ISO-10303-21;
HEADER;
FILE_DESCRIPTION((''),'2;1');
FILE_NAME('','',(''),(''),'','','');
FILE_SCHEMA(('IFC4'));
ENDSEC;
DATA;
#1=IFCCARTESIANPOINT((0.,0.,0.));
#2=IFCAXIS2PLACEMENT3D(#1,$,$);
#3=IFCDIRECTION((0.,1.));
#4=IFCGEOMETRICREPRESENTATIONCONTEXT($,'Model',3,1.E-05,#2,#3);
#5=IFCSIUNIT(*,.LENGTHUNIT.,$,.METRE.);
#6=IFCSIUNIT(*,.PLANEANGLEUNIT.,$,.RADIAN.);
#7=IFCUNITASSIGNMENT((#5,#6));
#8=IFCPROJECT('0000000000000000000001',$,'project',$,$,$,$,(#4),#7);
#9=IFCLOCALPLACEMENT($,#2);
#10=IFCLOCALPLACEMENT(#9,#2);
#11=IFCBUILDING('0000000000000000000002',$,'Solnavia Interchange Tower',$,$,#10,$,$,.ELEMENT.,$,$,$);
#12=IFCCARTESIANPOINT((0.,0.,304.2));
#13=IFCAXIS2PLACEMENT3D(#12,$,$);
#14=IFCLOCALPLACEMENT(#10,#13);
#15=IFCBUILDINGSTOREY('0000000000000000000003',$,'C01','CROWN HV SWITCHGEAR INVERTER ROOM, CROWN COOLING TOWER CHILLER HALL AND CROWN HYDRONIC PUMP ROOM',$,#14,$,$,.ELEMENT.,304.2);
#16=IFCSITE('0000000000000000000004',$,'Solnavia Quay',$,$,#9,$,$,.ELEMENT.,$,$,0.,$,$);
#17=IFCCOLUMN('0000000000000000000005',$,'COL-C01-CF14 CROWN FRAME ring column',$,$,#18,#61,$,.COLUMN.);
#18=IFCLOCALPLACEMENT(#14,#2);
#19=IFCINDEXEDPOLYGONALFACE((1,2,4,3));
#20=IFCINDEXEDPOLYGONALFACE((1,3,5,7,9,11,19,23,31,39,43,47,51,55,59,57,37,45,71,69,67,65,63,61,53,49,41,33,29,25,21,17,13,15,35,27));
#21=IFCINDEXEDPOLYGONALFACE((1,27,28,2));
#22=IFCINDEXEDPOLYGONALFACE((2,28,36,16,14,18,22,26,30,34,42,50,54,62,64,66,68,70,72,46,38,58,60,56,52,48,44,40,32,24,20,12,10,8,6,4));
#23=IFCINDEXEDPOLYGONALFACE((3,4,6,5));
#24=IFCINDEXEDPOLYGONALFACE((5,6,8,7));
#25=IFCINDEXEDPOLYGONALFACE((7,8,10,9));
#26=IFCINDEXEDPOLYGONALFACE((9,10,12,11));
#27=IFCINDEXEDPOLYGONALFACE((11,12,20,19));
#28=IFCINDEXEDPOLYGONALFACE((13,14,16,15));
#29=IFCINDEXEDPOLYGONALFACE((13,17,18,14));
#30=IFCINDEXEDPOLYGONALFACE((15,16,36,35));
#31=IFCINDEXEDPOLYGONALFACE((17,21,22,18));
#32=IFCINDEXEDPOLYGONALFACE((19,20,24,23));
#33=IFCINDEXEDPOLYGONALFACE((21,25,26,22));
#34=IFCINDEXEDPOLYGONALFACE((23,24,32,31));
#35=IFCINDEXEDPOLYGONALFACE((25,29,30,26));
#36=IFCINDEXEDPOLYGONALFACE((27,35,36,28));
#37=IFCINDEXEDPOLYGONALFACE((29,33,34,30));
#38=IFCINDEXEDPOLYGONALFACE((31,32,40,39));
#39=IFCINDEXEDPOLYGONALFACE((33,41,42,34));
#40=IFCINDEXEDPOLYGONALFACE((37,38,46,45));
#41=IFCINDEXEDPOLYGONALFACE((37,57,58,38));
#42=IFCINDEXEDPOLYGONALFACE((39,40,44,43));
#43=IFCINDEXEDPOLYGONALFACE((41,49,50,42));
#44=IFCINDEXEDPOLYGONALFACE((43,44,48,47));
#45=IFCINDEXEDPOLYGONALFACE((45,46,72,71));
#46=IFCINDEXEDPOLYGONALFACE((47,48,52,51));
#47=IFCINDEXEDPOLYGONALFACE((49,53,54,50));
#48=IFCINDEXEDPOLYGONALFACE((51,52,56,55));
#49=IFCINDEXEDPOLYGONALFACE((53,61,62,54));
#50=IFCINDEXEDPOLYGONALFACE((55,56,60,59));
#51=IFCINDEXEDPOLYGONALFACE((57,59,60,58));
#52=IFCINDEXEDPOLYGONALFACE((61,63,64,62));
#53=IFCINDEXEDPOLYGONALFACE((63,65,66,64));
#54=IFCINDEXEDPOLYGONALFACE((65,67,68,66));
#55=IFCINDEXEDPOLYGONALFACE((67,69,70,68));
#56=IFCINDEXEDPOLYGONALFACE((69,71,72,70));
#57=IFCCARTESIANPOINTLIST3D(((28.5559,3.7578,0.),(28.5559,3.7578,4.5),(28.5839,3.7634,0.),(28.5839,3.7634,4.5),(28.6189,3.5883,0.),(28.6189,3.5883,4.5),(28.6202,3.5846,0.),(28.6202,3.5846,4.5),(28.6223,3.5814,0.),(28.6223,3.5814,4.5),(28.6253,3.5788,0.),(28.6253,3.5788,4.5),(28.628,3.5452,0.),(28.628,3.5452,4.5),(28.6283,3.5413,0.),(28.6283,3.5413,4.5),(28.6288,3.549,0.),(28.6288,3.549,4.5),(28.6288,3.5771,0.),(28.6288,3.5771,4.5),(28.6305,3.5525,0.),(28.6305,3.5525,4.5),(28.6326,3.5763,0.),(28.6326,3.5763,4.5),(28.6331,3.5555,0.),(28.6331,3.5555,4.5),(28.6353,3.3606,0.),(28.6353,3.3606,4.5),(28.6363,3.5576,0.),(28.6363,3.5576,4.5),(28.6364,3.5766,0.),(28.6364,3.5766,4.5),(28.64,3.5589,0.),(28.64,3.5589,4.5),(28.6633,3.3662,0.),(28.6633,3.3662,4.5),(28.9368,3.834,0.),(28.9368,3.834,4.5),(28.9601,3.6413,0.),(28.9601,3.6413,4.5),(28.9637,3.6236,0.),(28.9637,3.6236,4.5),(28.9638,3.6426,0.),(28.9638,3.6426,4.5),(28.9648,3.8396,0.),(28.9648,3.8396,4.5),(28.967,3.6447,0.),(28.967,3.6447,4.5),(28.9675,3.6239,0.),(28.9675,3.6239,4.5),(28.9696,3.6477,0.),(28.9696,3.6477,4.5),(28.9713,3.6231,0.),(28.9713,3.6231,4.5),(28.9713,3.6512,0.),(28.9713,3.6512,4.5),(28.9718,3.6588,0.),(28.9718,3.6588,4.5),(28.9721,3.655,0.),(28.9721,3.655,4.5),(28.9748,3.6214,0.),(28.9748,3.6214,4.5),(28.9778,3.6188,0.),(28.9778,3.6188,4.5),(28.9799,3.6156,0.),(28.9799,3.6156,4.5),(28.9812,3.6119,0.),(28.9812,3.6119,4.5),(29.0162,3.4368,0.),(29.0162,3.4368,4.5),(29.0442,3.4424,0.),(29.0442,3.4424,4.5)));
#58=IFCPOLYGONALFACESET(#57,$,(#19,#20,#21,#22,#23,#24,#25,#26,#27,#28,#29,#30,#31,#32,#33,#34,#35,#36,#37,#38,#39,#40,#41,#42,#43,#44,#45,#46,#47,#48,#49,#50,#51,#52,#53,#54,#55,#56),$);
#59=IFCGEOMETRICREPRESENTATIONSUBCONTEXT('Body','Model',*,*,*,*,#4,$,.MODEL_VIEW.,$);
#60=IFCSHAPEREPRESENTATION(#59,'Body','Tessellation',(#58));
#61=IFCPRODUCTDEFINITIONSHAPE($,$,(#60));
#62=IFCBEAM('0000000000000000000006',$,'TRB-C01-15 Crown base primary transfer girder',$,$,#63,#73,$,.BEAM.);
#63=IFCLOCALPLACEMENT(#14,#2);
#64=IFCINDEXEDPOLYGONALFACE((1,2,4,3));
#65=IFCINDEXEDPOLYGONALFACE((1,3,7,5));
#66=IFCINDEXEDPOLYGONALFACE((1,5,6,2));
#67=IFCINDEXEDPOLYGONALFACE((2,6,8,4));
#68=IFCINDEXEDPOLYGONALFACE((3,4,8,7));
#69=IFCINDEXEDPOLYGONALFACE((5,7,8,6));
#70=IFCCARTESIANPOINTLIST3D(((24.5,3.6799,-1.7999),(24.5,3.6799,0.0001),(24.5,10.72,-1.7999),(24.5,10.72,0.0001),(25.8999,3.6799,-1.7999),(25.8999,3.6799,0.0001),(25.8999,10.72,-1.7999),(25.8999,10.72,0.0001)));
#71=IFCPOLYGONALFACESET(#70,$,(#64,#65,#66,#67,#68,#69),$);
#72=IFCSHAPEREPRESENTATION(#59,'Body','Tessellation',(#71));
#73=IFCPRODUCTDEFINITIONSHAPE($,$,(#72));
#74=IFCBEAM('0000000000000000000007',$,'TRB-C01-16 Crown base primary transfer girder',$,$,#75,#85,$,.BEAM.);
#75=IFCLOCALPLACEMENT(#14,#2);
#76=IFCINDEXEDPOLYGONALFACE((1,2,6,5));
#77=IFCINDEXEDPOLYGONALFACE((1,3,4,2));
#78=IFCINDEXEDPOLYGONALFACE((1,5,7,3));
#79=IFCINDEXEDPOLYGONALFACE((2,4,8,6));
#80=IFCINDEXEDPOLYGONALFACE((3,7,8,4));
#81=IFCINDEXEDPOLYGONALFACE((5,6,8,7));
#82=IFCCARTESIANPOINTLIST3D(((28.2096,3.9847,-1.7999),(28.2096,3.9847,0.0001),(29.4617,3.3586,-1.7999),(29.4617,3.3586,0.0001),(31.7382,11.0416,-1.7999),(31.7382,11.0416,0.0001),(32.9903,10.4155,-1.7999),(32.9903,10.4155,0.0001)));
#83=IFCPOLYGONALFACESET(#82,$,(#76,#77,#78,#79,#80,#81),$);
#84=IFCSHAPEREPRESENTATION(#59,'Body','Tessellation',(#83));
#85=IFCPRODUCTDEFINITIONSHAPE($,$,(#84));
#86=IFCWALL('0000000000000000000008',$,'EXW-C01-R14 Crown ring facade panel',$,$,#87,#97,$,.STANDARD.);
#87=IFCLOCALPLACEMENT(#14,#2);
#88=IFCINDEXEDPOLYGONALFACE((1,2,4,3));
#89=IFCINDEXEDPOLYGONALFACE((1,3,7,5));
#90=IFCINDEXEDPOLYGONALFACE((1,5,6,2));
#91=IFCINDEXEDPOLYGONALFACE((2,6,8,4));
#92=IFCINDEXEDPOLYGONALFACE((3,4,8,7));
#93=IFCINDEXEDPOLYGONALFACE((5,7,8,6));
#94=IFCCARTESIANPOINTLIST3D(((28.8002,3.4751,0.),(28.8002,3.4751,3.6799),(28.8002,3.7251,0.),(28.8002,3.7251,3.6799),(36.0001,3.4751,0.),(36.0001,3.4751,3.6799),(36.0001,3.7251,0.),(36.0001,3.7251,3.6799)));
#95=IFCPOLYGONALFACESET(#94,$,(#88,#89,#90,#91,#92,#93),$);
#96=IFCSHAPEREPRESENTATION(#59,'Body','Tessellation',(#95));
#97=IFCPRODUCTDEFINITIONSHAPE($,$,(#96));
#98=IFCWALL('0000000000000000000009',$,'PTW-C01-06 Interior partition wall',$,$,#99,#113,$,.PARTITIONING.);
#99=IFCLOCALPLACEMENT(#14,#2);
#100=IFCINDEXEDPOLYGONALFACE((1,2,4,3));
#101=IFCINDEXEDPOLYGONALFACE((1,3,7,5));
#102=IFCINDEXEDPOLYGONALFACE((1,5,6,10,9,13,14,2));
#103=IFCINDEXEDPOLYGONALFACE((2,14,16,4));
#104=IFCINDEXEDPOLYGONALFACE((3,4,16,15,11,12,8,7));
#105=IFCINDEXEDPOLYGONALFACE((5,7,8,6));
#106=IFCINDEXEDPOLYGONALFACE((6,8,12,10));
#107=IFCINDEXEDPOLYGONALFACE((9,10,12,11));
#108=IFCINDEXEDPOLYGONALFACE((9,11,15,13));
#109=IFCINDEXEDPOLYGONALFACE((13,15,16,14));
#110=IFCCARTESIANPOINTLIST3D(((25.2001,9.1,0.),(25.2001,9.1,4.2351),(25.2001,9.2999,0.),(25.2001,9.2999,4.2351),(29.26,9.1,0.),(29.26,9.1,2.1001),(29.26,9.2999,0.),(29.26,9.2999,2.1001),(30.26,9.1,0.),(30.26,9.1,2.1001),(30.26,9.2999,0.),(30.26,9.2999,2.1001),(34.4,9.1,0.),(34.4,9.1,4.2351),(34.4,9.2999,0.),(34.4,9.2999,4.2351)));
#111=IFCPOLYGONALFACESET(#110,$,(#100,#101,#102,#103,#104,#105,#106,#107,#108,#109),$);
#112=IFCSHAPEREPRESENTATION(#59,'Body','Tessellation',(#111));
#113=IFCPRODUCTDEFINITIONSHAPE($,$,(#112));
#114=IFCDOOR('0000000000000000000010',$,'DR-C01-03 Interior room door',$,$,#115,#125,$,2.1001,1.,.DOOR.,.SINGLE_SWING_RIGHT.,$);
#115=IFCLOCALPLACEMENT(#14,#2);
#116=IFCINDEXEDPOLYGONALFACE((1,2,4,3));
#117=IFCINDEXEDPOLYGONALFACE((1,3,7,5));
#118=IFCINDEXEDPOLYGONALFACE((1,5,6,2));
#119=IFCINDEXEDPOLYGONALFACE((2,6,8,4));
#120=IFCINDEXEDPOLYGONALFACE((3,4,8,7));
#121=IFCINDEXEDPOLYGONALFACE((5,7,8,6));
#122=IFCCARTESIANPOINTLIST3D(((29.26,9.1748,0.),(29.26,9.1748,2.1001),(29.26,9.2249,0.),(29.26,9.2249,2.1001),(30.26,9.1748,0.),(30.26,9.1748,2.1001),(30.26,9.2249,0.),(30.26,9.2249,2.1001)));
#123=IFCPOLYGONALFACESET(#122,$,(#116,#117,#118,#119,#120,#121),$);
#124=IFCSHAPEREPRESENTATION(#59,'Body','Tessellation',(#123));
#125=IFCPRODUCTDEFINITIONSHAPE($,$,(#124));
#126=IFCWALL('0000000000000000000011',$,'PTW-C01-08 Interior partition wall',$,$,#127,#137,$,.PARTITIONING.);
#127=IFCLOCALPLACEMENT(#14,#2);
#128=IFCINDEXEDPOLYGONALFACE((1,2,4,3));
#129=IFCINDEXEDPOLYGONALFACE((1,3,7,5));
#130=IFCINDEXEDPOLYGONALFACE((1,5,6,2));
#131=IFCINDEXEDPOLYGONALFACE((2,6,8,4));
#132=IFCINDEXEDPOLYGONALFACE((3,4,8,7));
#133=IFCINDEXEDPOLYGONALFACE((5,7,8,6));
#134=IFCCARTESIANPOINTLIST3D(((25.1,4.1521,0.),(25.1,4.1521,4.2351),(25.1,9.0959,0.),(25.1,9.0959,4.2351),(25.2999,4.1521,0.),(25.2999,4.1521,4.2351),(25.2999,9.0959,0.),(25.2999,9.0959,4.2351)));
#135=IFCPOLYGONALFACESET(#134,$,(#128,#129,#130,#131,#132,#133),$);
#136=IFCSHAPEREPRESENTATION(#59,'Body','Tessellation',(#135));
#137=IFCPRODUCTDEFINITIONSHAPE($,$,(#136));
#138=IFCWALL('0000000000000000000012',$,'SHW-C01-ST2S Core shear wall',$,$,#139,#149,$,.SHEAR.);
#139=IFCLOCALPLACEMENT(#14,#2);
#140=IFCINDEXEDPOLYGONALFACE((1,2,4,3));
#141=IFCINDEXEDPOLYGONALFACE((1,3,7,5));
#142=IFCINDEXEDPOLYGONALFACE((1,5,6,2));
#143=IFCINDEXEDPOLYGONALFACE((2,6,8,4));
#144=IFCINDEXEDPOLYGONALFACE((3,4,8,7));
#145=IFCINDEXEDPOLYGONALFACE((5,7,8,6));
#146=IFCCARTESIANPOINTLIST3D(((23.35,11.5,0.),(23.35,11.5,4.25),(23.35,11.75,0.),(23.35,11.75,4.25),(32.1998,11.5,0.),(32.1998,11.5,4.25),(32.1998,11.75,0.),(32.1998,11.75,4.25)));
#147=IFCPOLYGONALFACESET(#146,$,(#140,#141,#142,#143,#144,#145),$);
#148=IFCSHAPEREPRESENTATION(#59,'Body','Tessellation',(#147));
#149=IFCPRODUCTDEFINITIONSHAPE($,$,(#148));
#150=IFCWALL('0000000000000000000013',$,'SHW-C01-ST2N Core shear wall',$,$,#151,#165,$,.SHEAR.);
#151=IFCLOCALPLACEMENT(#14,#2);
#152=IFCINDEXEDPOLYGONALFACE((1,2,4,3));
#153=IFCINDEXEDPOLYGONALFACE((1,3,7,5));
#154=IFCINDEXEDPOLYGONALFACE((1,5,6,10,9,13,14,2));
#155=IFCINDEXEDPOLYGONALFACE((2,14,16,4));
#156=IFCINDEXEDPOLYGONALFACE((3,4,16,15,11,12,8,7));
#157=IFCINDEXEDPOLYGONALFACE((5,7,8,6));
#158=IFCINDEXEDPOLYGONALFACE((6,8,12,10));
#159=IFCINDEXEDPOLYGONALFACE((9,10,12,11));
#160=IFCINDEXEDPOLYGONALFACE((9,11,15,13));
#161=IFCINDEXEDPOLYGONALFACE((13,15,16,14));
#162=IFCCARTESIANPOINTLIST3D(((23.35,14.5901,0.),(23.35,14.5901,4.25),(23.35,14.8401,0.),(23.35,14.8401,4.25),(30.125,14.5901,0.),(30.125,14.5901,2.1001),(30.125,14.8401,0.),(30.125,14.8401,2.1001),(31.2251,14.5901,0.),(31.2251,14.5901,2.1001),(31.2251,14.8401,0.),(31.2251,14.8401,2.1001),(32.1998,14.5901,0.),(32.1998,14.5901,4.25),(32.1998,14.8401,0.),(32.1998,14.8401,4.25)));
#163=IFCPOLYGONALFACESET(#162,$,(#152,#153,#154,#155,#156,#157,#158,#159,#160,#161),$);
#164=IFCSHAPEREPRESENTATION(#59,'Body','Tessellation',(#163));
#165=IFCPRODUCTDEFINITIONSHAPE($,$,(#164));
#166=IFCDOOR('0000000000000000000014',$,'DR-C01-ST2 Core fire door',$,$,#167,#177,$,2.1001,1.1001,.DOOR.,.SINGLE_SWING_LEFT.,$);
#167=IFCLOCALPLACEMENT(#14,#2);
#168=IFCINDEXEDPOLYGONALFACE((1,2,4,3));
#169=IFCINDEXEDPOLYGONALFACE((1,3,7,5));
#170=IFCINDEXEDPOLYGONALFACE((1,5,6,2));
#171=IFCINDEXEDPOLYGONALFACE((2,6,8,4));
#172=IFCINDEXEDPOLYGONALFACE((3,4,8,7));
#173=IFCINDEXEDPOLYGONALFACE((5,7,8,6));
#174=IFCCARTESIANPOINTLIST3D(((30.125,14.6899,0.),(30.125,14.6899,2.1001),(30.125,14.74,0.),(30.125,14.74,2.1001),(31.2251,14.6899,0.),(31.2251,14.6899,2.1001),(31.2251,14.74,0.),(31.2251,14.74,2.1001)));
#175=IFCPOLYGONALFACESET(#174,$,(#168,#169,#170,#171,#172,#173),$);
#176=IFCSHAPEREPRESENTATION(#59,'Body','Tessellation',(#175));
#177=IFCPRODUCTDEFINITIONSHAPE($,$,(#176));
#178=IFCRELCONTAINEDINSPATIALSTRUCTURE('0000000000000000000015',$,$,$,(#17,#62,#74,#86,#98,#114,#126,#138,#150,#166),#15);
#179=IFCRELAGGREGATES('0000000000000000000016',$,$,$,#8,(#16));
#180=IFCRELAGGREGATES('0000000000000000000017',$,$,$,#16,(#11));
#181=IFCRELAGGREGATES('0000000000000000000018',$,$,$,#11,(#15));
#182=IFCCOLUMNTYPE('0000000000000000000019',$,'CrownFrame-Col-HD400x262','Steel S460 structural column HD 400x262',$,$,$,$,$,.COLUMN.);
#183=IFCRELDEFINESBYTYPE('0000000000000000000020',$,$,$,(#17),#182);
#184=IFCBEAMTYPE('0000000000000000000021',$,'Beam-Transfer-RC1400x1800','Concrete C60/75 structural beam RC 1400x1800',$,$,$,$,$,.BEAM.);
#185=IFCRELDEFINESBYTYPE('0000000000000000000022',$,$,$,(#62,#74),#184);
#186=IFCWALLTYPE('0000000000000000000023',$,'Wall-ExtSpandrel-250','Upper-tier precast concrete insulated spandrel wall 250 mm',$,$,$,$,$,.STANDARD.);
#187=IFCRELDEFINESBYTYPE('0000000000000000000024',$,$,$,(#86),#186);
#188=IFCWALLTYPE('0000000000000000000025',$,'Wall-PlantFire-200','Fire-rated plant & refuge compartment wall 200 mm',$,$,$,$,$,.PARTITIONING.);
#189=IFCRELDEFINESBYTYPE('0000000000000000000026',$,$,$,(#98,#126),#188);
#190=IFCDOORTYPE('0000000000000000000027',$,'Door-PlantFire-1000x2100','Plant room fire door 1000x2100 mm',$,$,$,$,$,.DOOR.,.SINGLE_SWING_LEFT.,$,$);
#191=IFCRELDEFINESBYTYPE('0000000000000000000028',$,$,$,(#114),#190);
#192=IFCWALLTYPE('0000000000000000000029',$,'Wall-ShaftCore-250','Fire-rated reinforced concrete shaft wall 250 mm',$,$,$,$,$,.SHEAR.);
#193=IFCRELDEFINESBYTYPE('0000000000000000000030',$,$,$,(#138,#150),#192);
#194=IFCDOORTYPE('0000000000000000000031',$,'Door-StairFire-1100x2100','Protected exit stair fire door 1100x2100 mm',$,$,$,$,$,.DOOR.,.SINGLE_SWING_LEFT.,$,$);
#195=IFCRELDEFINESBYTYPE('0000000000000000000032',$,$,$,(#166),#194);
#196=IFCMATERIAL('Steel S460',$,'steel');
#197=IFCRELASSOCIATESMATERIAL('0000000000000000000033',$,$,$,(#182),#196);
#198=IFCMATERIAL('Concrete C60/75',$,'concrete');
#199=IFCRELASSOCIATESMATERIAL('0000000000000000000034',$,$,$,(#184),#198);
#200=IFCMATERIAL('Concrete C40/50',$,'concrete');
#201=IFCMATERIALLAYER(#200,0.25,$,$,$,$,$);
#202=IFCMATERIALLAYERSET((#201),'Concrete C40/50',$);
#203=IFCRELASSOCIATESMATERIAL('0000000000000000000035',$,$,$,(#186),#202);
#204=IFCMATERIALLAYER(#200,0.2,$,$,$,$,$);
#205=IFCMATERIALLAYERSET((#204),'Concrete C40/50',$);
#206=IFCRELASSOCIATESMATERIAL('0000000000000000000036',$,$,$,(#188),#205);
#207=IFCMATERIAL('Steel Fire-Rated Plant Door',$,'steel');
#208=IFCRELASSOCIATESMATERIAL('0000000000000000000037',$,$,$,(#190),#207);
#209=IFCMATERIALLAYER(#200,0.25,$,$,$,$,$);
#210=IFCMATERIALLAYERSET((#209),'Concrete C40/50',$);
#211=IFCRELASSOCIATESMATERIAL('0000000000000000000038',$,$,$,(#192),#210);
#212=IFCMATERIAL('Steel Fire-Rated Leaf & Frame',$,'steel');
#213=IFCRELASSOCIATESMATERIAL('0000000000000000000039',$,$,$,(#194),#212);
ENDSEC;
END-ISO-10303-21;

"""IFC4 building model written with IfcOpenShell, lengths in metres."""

from ifc_helpers import new_model, si_unit, direction, frame, frame_2d, origin, origin_2d, place, context, subcontext, project, spatial, rectangle, i_section, extrude, material, layer, layer_set, material_profile, profile_set, type_object, element, fill, save


model = new_model("IFC4")

# Units and contexts
model_context = context("Model", 3, precision=1e-05, world=origin(), true_north=direction((0.0, 1.0)))
body_context = subcontext(model_context, "Body", "Model", "MODEL_VIEW")
ifc_project = project(units=[si_unit("LENGTHUNIT", "METRE"), si_unit("PLANEANGLEUNIT", "RADIAN")], contexts=[model_context])

# Site, building, storey
site_placement = place(None, origin())
site = spatial("IfcSite", under=ifc_project, at=site_placement, Name="Solnavia Quay", CompositionType="ELEMENT", RefElevation=0.0)
building_placement = place(site_placement, origin())
building = spatial("IfcBuilding", under=site, at=building_placement, Name="Solnavia Interchange Tower", CompositionType="ELEMENT")
storey_placement = place(building_placement, frame((0.0, 0.0, 304.2)))
storey = spatial("IfcBuildingStorey", under=building, at=storey_placement, Name="C01", Description="CROWN HV SWITCHGEAR INVERTER ROOM, CROWN COOLING TOWER CHILLER HALL AND CROWN HYDRONIC PUMP ROOM", CompositionType="ELEMENT", Elevation=304.2)

# Column
ifc_material_1 = material(Name="Steel S460", Category="steel")
ifc_material_profile_1 = material_profile(ifc_material_1, i_section(OverallWidth=0.405, OverallDepth=0.417, WebThickness=0.0181, FlangeThickness=0.0286, FilletRadius=0.0149, at=origin_2d()), Name="HD 400x262")
ifc_profile_set_1 = profile_set([ifc_material_profile_1], Name="Steel S460")
column_type = type_object("IfcColumnType", Name="CrownFrame-Col-HD400x262", Description="Steel S460 structural column HD 400x262", PredefinedType="COLUMN", material=ifc_profile_set_1)
column_placement = place(storey_placement, frame((28.8, 3.6001, 0.0), z_axis=(0.0, 0.0, 1.0), x_axis=(0.196117, -0.98058, 0.0)))
element("IfcColumn", 1, at=column_placement, inside=storey, type_object=column_type, Name="COL-C01-CF14 CROWN FRAME ring column", PredefinedType="COLUMN", context=body_context, shape_type="SweptSolid", body=[
    extrude(i_section(OverallWidth=0.405, OverallDepth=0.417, WebThickness=0.0181, FlangeThickness=0.0286, FilletRadius=0.0149, at=origin_2d()), origin(), (0.0, 0.0, 1.0), 4.5),
])

# Beams
ifc_material_2 = material(Name="Concrete C60/75", Category="concrete")
ifc_material_profile_2 = material_profile(ifc_material_2, rectangle(XDim=1.3999, YDim=1.8, at=origin_2d()), Name="RC 1400x1800")
ifc_profile_set_2 = profile_set([ifc_material_profile_2], Name="Concrete C60/75")
beam_type = type_object("IfcBeamType", Name="Beam-Transfer-RC1400x1800", Description="Concrete C60/75 structural beam RC 1400x1800", PredefinedType="BEAM", material=ifc_profile_set_2)
beam_1_placement = place(storey_placement, frame((25.2, 3.6799, -0.8999), z_axis=(0.0, 1.0, 0.0), x_axis=(-1.0, 0.0, 0.0)))
element("IfcBeam", 2, at=beam_1_placement, inside=storey, type_object=beam_type, Name="TRB-C01-15 Crown base primary transfer girder", PredefinedType="BEAM", context=body_context, shape_type="SweptSolid", body=[
    extrude(rectangle(XDim=1.3999, YDim=1.8, at=origin_2d()), origin(), (0.0, 0.0, 1.0), 7.04),
])
beam_2_placement = place(storey_placement, frame((28.8357, 3.6716, -0.8999), z_axis=(0.447226, 0.894421, 0.0), x_axis=(-0.894421, 0.447226, 0.0)))
element("IfcBeam", 3, at=beam_2_placement, inside=storey, type_object=beam_type, Name="TRB-C01-16 Crown base primary transfer girder", PredefinedType="BEAM", context=body_context, shape_type="SweptSolid", body=[
    extrude(rectangle(XDim=1.3999, YDim=1.8, at=origin_2d()), origin(), (0.0, 0.0, 1.0), 7.8899),
])

# Wall
ifc_material_3 = material(Name="Concrete C40/50", Category="concrete")
ifc_layer_1 = layer(ifc_material_3, 0.25)
ifc_layer_set_1 = layer_set([ifc_layer_1], Name="Concrete C40/50")
wall_type_1 = type_object("IfcWallType", Name="Wall-ExtSpandrel-250", Description="Upper-tier precast concrete insulated spandrel wall 250 mm", PredefinedType="STANDARD", material=ifc_layer_set_1)
wall_1_placement = place(storey_placement, frame((28.8, 3.6001, 0.0), z_axis=(0.0, 0.0, 1.0), x_axis=(1.0, 0.0, 0.0)))
element("IfcWall", 4, at=wall_1_placement, inside=storey, type_object=wall_type_1, Name="EXW-C01-R14 Crown ring facade panel", PredefinedType="STANDARD", context=body_context, shape_type="SweptSolid", body=[
    extrude(rectangle(XDim=7.2, YDim=0.25, at=frame_2d((3.6001, 0.0))), origin(), (0.0, 0.0, 1.0), 3.6799),
])

# Wall, opening, door
ifc_layer_2 = layer(ifc_material_3, 0.2)
ifc_layer_set_2 = layer_set([ifc_layer_2], Name="Concrete C40/50")
wall_type_2 = type_object("IfcWallType", Name="Wall-PlantFire-200", Description="Fire-rated plant & refuge compartment wall 200 mm", PredefinedType="PARTITIONING", material=ifc_layer_set_2)
wall_2_placement = place(storey_placement, frame((25.2, 9.2, 0.0), z_axis=(0.0, 0.0, 1.0), x_axis=(1.0, 0.0, 0.0)))
wall_2 = element("IfcWall", 5, at=wall_2_placement, inside=storey, type_object=wall_type_2, Name="PTW-C01-06 Interior partition wall", PredefinedType="PARTITIONING", context=body_context, shape_type="SweptSolid", body=[
    extrude(rectangle(XDim=9.2, YDim=0.2, at=frame_2d((4.6001, 0.0))), origin(), (0.0, 0.0, 1.0), 4.2351),
])
opening_1_placement = place(wall_2_placement, frame((4.0601, 0.0, 0.0)))
opening_1 = element("IfcOpeningElement", 6, at=opening_1_placement, cuts=wall_2, PredefinedType="OPENING", context=body_context, shape_type="SweptSolid", body=[
    extrude(rectangle(XDim=1.0, YDim=2.1001, at=frame_2d((0.5, 1.05))), frame((0.0, 0.1099, 0.0), z_axis=(0.0, -1.0, 0.0), x_axis=(1.0, 0.0, 0.0)), (0.0, 0.0, 1.0), 0.22),
])
ifc_material_4 = material(Name="Steel Fire-Rated Plant Door", Category="steel")
door_type_1 = type_object("IfcDoorType", Name="Door-PlantFire-1000x2100", Description="Plant room fire door 1000x2100 mm", OperationType="SINGLE_SWING_LEFT", PredefinedType="DOOR", material=ifc_material_4)
door_1_placement = place(opening_1_placement, origin())
door_1 = element("IfcDoor", 7, at=door_1_placement, inside=storey, type_object=door_type_1, Name="DR-C01-03 Interior room door", OperationType="SINGLE_SWING_RIGHT", OverallHeight=2.1001, OverallWidth=1.0, PredefinedType="DOOR", context=body_context, shape_type="SweptSolid", body=[
    extrude(rectangle(XDim=1.0, YDim=2.1001, at=frame_2d((0.5, 1.05))), frame((0.0, 0.0249, 0.0), z_axis=(0.0, -1.0, 0.0), x_axis=(1.0, 0.0, 0.0)), (0.0, 0.0, 1.0), 0.05),
])
fill(opening_1, door_1)

# Walls
wall_3_placement = place(storey_placement, frame((25.2, 4.1521, 0.0), z_axis=(0.0, 0.0, 1.0), x_axis=(0.0, 1.0, 0.0)))
element("IfcWall", 8, at=wall_3_placement, inside=storey, type_object=wall_type_2, Name="PTW-C01-08 Interior partition wall", PredefinedType="PARTITIONING", context=body_context, shape_type="SweptSolid", body=[
    extrude(rectangle(XDim=4.9438, YDim=0.2, at=frame_2d((2.4719, 0.0))), origin(), (0.0, 0.0, 1.0), 4.2351),
])
ifc_layer_3 = layer(ifc_material_3, 0.25)
ifc_layer_set_3 = layer_set([ifc_layer_3], Name="Concrete C40/50")
wall_type_3 = type_object("IfcWallType", Name="Wall-ShaftCore-250", Description="Fire-rated reinforced concrete shaft wall 250 mm", PredefinedType="SHEAR", material=ifc_layer_set_3)
wall_4_placement = place(storey_placement, frame((23.3501, 11.625, 0.0), z_axis=(0.0, 0.0, 1.0), x_axis=(1.0, 0.0, 0.0)))
element("IfcWall", 9, at=wall_4_placement, inside=storey, type_object=wall_type_3, Name="SHW-C01-ST2S Core shear wall", PredefinedType="SHEAR", context=body_context, shape_type="SweptSolid", body=[
    extrude(rectangle(XDim=8.8499, YDim=0.25, at=frame_2d((4.4248, 0.0))), origin(), (0.0, 0.0, 1.0), 4.25),
])

# Wall, opening, door
wall_5_placement = place(storey_placement, frame((23.3501, 14.7151, 0.0), z_axis=(0.0, 0.0, 1.0), x_axis=(1.0, 0.0, 0.0)))
wall_5 = element("IfcWall", 10, at=wall_5_placement, inside=storey, type_object=wall_type_3, Name="SHW-C01-ST2N Core shear wall", PredefinedType="SHEAR", context=body_context, shape_type="SweptSolid", body=[
    extrude(rectangle(XDim=8.8499, YDim=0.25, at=frame_2d((4.4248, 0.0))), origin(), (0.0, 0.0, 1.0), 4.25),
])
opening_2_placement = place(wall_5_placement, frame((6.7749, 0.0, 0.0)))
opening_2 = element("IfcOpeningElement", 11, at=opening_2_placement, cuts=wall_5, PredefinedType="OPENING", context=body_context, shape_type="SweptSolid", body=[
    extrude(rectangle(XDim=1.1001, YDim=2.1001, at=frame_2d((0.55, 1.05))), frame((0.0, 0.135, 0.0), z_axis=(0.0, -1.0, 0.0), x_axis=(1.0, 0.0, 0.0)), (0.0, 0.0, 1.0), 0.27),
])
ifc_material_5 = material(Name="Steel Fire-Rated Leaf & Frame", Category="steel")
door_type_2 = type_object("IfcDoorType", Name="Door-StairFire-1100x2100", Description="Protected exit stair fire door 1100x2100 mm", OperationType="SINGLE_SWING_LEFT", PredefinedType="DOOR", material=ifc_material_5)
door_2_placement = place(opening_2_placement, origin())
door_2 = element("IfcDoor", 12, at=door_2_placement, inside=storey, type_object=door_type_2, Name="DR-C01-ST2 Core fire door", OperationType="SINGLE_SWING_LEFT", OverallHeight=2.1001, OverallWidth=1.1001, PredefinedType="DOOR", context=body_context, shape_type="SweptSolid", body=[
    extrude(rectangle(XDim=1.1001, YDim=2.1001, at=frame_2d((0.55, 1.05))), frame((0.0, 0.0249, 0.0), z_axis=(0.0, -1.0, 0.0), x_axis=(1.0, 0.0, 0.0)), (0.0, 0.0, 1.0), 0.05),
])
fill(opening_2, door_2)

save(model, "model.ifc")
